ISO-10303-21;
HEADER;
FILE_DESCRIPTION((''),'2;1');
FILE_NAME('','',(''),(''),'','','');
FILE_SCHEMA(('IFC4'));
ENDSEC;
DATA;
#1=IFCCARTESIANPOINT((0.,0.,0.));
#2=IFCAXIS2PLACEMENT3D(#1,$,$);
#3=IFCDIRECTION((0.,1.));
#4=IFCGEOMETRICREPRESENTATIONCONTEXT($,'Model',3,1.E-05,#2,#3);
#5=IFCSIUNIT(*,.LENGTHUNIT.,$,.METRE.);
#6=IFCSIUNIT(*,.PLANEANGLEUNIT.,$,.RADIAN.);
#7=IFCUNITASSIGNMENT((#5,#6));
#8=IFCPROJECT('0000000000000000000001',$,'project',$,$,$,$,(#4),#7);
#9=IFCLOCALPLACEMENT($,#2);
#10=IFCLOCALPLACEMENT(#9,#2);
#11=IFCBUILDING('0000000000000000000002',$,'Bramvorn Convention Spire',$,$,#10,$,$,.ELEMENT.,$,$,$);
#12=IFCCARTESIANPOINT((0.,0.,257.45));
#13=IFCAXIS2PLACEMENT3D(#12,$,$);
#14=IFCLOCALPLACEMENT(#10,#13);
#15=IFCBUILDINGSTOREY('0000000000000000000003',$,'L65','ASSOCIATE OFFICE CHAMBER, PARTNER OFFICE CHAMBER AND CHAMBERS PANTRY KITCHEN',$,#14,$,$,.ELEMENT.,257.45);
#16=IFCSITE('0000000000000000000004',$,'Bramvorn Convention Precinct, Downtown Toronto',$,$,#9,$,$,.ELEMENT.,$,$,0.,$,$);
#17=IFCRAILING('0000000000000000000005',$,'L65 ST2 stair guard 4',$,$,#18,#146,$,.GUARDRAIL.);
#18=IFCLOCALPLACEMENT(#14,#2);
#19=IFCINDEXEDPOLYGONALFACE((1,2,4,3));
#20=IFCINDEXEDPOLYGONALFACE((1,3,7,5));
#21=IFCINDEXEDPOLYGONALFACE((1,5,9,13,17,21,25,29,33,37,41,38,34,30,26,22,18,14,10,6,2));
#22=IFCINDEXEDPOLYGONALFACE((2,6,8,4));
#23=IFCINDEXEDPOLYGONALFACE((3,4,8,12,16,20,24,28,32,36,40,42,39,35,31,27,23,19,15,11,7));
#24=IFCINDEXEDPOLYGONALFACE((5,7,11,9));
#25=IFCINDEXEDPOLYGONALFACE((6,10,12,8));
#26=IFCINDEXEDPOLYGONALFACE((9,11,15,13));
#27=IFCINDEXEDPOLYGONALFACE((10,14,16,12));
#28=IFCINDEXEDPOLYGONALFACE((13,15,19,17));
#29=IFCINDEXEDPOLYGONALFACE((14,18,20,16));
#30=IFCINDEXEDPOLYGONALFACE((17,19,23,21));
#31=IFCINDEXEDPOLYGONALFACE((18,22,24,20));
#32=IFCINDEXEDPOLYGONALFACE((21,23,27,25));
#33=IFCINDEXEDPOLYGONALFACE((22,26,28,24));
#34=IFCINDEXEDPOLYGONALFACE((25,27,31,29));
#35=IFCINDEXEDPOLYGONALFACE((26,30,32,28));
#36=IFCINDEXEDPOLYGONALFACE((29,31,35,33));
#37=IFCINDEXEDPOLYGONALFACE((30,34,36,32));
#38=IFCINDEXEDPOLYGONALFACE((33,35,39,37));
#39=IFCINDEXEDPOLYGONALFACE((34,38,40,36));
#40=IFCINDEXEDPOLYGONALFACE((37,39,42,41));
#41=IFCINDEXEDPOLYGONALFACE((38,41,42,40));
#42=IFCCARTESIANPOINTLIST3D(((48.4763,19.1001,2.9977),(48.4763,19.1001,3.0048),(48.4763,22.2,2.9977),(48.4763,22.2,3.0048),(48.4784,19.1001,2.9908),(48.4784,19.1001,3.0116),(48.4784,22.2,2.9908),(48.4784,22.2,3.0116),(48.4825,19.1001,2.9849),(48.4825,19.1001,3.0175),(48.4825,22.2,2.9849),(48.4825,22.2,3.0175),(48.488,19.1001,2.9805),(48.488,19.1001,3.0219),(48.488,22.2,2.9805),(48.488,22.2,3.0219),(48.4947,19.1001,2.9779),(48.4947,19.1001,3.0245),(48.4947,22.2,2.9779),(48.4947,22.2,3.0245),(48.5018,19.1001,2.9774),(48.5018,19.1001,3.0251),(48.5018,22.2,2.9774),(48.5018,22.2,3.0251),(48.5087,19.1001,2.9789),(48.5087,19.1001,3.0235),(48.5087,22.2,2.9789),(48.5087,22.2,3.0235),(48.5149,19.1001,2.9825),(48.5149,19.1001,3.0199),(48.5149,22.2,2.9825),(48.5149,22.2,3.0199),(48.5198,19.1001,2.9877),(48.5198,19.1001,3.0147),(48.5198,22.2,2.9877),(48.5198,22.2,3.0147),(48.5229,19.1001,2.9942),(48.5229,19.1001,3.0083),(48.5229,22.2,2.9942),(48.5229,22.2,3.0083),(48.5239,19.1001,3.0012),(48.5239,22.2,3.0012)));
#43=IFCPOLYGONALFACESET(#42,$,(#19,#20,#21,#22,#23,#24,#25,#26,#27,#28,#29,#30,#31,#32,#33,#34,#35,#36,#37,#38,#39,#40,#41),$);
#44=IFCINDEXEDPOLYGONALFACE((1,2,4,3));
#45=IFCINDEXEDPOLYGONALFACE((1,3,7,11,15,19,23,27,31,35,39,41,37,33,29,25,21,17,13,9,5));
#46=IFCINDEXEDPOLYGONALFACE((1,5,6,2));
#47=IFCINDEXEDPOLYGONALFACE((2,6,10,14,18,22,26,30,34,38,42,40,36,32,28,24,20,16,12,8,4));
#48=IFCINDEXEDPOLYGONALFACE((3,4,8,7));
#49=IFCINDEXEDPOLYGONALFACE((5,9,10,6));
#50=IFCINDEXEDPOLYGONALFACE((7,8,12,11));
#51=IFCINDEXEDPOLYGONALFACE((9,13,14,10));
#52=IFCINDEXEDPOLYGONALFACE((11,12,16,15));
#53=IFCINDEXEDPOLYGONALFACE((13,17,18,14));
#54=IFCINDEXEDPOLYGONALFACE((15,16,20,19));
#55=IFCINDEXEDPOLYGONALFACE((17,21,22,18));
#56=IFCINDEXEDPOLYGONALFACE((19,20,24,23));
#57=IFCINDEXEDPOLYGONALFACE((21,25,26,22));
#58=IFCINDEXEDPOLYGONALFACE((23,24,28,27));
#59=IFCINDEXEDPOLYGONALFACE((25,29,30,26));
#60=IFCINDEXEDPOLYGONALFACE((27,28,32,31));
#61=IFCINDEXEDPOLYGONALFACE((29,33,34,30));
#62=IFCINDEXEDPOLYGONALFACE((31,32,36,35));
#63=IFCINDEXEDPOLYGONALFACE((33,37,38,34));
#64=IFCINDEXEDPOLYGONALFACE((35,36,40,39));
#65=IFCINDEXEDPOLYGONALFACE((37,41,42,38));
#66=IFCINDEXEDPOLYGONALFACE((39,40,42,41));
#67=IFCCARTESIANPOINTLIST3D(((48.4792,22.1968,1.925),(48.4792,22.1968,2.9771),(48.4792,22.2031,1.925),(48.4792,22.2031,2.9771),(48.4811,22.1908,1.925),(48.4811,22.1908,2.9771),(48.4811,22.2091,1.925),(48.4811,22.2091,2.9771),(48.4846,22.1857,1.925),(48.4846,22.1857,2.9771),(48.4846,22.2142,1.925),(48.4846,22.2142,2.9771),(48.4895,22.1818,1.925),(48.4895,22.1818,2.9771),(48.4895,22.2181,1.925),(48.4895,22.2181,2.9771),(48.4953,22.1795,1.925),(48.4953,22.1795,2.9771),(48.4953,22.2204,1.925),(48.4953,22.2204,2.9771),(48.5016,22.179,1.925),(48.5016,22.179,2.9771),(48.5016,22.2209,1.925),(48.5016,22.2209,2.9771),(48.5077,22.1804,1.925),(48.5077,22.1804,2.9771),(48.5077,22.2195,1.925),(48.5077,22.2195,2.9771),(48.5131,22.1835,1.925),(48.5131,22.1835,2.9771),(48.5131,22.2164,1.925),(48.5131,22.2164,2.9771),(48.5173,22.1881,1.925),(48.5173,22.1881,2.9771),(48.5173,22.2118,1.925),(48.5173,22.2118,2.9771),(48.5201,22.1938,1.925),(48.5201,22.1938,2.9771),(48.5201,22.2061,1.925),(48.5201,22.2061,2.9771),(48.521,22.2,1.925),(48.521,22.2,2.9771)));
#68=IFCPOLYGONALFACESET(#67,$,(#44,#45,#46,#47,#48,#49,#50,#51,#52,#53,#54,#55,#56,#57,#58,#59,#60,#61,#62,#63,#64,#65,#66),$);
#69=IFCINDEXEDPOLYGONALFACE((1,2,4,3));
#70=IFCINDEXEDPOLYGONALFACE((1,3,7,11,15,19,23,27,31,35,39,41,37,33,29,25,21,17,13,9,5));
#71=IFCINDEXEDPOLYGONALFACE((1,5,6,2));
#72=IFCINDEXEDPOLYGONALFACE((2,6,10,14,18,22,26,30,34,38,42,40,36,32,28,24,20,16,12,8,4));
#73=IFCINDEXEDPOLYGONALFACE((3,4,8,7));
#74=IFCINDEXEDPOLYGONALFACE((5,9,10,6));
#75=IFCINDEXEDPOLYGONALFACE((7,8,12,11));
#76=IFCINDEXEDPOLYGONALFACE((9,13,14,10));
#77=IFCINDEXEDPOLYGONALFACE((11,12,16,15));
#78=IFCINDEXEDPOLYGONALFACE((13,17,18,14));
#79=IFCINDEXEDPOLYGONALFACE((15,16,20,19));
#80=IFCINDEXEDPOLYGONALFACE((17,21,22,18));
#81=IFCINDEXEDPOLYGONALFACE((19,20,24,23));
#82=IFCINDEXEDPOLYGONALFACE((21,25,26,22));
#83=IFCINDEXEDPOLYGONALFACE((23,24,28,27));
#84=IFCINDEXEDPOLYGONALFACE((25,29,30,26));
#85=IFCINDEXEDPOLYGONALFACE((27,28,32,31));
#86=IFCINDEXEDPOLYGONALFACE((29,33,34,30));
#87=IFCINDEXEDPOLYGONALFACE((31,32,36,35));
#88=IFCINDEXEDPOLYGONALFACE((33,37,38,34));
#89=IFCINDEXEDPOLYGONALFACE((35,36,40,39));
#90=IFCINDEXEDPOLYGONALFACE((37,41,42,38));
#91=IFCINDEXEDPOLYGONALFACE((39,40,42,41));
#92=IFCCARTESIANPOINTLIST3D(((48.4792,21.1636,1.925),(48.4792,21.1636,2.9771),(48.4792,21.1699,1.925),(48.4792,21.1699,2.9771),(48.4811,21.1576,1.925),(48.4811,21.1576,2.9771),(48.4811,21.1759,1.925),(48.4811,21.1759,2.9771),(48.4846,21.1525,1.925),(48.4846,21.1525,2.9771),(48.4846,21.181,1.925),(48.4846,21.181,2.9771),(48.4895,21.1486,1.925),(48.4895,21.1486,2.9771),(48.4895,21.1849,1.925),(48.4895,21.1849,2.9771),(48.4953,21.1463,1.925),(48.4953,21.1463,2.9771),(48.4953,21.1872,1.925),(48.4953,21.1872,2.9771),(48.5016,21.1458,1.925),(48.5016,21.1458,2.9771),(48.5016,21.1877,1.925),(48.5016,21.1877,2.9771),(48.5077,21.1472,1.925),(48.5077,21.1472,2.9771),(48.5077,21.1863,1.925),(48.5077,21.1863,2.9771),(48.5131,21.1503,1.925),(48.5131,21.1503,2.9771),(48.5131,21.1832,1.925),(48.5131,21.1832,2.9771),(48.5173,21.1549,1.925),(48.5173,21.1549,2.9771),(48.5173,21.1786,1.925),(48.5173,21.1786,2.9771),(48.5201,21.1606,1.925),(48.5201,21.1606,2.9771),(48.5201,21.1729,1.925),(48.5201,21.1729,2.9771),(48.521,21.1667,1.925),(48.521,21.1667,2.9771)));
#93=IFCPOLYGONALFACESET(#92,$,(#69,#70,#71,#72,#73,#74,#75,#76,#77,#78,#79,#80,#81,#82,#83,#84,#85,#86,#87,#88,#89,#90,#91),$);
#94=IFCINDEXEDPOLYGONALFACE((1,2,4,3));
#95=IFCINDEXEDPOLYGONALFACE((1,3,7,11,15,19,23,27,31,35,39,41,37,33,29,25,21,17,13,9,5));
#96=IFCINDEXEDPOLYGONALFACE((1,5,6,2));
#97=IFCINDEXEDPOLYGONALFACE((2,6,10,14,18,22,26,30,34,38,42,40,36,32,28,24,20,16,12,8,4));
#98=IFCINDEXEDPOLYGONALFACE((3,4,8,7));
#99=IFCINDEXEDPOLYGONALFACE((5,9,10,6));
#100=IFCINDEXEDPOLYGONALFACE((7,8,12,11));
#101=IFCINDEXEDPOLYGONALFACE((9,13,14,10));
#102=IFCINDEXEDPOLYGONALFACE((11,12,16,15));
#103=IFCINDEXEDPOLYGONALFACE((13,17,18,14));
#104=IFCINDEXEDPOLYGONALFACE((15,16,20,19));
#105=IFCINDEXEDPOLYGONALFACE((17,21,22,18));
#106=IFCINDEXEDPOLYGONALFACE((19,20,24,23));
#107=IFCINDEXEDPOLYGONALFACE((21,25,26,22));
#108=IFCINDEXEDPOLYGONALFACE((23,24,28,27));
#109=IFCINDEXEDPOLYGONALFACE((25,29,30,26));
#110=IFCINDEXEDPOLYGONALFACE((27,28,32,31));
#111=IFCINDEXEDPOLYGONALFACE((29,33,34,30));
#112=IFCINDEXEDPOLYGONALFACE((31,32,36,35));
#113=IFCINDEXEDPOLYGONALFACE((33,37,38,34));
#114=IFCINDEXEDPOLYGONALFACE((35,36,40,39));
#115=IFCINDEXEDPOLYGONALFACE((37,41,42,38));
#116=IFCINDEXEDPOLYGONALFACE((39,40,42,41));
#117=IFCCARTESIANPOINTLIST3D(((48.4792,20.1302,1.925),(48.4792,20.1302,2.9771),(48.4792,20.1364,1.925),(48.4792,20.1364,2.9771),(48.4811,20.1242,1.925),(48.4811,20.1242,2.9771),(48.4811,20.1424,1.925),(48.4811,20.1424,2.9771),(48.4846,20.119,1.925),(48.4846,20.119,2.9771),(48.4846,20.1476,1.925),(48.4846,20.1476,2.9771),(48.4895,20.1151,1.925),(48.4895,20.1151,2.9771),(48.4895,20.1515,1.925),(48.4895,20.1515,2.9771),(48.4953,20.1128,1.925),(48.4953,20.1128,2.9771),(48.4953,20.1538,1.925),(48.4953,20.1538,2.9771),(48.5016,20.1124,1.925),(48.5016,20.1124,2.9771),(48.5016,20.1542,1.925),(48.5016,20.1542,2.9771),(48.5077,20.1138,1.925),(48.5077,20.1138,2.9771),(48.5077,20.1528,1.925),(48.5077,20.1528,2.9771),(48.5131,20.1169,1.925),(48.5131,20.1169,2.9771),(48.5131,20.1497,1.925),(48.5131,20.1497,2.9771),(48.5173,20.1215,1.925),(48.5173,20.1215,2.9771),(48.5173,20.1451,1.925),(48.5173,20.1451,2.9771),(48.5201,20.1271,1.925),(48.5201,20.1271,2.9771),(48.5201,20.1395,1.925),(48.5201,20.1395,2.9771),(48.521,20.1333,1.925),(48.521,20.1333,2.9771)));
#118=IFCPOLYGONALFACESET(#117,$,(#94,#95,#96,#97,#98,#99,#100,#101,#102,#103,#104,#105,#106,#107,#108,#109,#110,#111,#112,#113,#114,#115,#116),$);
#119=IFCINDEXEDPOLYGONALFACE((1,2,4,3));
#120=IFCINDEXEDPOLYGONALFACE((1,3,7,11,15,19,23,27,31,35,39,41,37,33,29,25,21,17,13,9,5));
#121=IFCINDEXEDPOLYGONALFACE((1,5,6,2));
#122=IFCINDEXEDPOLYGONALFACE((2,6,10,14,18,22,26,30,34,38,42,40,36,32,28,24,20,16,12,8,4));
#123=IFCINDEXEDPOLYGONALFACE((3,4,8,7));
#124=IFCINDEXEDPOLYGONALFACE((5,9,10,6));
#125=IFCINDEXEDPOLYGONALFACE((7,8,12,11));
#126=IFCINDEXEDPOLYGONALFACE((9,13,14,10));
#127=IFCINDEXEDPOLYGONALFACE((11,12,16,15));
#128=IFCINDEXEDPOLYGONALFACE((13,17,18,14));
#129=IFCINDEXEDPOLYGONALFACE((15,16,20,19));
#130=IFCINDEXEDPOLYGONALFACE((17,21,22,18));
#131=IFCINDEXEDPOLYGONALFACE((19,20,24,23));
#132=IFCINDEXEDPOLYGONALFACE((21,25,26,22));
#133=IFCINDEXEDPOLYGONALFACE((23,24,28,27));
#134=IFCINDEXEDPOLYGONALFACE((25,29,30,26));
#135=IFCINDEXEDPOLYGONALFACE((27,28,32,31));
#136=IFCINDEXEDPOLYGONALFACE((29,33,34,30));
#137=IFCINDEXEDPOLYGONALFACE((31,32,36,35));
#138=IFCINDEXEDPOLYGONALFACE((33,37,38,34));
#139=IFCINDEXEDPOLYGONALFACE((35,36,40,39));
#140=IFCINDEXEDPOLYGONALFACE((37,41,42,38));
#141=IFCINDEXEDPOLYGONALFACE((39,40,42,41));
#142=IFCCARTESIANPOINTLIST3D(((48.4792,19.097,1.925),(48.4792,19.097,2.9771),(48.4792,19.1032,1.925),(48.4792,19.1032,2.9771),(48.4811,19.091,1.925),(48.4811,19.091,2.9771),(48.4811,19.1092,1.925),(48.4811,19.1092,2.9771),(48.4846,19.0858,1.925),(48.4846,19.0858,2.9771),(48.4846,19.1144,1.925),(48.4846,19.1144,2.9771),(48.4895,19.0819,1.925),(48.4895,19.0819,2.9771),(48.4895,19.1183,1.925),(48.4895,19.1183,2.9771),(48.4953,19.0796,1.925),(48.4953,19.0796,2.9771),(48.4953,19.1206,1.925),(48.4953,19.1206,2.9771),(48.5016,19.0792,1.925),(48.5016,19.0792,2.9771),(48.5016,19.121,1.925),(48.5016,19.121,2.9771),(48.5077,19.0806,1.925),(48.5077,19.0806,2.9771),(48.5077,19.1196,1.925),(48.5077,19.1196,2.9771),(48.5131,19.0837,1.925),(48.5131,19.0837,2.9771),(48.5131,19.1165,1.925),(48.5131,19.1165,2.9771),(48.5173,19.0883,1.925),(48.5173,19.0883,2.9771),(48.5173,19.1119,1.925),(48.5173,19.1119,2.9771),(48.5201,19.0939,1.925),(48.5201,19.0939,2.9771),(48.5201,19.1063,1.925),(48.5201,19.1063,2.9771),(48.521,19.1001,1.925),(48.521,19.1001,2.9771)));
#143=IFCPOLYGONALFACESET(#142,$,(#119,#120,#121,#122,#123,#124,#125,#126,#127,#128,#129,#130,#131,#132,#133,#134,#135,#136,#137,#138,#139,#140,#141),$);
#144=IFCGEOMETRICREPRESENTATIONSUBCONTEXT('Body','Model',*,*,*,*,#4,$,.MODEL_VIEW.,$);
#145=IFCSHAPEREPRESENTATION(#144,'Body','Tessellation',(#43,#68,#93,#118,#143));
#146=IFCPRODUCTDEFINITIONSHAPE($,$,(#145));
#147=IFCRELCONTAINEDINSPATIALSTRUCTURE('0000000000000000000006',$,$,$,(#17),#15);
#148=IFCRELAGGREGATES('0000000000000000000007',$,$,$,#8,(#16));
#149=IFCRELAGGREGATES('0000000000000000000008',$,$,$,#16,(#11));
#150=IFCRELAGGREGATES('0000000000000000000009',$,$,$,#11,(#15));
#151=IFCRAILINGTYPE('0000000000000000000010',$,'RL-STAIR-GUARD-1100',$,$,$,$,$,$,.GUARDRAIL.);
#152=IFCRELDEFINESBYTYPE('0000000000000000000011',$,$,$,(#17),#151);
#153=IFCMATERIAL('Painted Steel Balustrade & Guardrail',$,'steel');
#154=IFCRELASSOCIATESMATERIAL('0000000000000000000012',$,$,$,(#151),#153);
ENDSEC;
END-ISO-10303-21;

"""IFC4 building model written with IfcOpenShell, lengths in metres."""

from ifc_helpers import new_model, si_unit, direction, frame, origin, origin_2d, place, context, subcontext, project, spatial, circle, extrude, material, type_object, element, save


model = new_model("IFC4")

# Units and contexts
model_context = context("Model", 3, precision=1e-05, world=origin(), true_north=direction((0.0, 1.0)))
body_context = subcontext(model_context, "Body", "Model", "MODEL_VIEW")
ifc_project = project(units=[si_unit("LENGTHUNIT", "METRE"), si_unit("PLANEANGLEUNIT", "RADIAN")], contexts=[model_context])

# Site, building, storey
site_placement = place(None, origin())
site = spatial("IfcSite", under=ifc_project, at=site_placement, Name="Bramvorn Convention Precinct, Downtown Toronto", CompositionType="ELEMENT", RefElevation=0.0)
building_placement = place(site_placement, origin())
building = spatial("IfcBuilding", under=site, at=building_placement, Name="Bramvorn Convention Spire", CompositionType="ELEMENT")
storey_placement = place(building_placement, frame((0.0, 0.0, 257.45)))
storey = spatial("IfcBuildingStorey", under=building, at=storey_placement, Name="L65", Description="ASSOCIATE OFFICE CHAMBER, PARTNER OFFICE CHAMBER AND CHAMBERS PANTRY KITCHEN", CompositionType="ELEMENT", Elevation=257.45)

# Railing
ifc_material_1 = material(Name="Painted Steel Balustrade & Guardrail", Category="steel")
railing_type_1 = type_object("IfcRailingType", Name="RL-STAIR-GUARD-1100", PredefinedType="GUARDRAIL", material=ifc_material_1)
railing_1_placement = place(storey_placement, frame((48.5, 22.2, 1.925)))
element("IfcRailing", 1, at=railing_1_placement, inside=storey, type_object=railing_type_1, Name="L65 ST2 stair guard 4", PredefinedType="GUARDRAIL", context=body_context, shape_type="SweptSolid", body=[
    extrude(circle(Radius=0.0239, at=origin_2d()), frame((0.0, 0.0, 1.0762), z_axis=(0.0, -1.0, 0.0), x_axis=(1.0, 0.0, 0.0)), (0.0, 0.0, 1.0), 3.0999),
    extrude(circle(Radius=0.021, at=origin_2d()), origin(), (0.0, 0.0, 1.0), 1.052),
    extrude(circle(Radius=0.021, at=origin_2d()), frame((0.0, -1.0332, 0.0)), (0.0, 0.0, 1.0), 1.052),
    extrude(circle(Radius=0.021, at=origin_2d()), frame((0.0, -2.0667, 0.0)), (0.0, 0.0, 1.0), 1.052),
    extrude(circle(Radius=0.021, at=origin_2d()), frame((0.0, -3.0999, 0.0)), (0.0, 0.0, 1.0), 1.052),
])

save(model, "model.ifc")
